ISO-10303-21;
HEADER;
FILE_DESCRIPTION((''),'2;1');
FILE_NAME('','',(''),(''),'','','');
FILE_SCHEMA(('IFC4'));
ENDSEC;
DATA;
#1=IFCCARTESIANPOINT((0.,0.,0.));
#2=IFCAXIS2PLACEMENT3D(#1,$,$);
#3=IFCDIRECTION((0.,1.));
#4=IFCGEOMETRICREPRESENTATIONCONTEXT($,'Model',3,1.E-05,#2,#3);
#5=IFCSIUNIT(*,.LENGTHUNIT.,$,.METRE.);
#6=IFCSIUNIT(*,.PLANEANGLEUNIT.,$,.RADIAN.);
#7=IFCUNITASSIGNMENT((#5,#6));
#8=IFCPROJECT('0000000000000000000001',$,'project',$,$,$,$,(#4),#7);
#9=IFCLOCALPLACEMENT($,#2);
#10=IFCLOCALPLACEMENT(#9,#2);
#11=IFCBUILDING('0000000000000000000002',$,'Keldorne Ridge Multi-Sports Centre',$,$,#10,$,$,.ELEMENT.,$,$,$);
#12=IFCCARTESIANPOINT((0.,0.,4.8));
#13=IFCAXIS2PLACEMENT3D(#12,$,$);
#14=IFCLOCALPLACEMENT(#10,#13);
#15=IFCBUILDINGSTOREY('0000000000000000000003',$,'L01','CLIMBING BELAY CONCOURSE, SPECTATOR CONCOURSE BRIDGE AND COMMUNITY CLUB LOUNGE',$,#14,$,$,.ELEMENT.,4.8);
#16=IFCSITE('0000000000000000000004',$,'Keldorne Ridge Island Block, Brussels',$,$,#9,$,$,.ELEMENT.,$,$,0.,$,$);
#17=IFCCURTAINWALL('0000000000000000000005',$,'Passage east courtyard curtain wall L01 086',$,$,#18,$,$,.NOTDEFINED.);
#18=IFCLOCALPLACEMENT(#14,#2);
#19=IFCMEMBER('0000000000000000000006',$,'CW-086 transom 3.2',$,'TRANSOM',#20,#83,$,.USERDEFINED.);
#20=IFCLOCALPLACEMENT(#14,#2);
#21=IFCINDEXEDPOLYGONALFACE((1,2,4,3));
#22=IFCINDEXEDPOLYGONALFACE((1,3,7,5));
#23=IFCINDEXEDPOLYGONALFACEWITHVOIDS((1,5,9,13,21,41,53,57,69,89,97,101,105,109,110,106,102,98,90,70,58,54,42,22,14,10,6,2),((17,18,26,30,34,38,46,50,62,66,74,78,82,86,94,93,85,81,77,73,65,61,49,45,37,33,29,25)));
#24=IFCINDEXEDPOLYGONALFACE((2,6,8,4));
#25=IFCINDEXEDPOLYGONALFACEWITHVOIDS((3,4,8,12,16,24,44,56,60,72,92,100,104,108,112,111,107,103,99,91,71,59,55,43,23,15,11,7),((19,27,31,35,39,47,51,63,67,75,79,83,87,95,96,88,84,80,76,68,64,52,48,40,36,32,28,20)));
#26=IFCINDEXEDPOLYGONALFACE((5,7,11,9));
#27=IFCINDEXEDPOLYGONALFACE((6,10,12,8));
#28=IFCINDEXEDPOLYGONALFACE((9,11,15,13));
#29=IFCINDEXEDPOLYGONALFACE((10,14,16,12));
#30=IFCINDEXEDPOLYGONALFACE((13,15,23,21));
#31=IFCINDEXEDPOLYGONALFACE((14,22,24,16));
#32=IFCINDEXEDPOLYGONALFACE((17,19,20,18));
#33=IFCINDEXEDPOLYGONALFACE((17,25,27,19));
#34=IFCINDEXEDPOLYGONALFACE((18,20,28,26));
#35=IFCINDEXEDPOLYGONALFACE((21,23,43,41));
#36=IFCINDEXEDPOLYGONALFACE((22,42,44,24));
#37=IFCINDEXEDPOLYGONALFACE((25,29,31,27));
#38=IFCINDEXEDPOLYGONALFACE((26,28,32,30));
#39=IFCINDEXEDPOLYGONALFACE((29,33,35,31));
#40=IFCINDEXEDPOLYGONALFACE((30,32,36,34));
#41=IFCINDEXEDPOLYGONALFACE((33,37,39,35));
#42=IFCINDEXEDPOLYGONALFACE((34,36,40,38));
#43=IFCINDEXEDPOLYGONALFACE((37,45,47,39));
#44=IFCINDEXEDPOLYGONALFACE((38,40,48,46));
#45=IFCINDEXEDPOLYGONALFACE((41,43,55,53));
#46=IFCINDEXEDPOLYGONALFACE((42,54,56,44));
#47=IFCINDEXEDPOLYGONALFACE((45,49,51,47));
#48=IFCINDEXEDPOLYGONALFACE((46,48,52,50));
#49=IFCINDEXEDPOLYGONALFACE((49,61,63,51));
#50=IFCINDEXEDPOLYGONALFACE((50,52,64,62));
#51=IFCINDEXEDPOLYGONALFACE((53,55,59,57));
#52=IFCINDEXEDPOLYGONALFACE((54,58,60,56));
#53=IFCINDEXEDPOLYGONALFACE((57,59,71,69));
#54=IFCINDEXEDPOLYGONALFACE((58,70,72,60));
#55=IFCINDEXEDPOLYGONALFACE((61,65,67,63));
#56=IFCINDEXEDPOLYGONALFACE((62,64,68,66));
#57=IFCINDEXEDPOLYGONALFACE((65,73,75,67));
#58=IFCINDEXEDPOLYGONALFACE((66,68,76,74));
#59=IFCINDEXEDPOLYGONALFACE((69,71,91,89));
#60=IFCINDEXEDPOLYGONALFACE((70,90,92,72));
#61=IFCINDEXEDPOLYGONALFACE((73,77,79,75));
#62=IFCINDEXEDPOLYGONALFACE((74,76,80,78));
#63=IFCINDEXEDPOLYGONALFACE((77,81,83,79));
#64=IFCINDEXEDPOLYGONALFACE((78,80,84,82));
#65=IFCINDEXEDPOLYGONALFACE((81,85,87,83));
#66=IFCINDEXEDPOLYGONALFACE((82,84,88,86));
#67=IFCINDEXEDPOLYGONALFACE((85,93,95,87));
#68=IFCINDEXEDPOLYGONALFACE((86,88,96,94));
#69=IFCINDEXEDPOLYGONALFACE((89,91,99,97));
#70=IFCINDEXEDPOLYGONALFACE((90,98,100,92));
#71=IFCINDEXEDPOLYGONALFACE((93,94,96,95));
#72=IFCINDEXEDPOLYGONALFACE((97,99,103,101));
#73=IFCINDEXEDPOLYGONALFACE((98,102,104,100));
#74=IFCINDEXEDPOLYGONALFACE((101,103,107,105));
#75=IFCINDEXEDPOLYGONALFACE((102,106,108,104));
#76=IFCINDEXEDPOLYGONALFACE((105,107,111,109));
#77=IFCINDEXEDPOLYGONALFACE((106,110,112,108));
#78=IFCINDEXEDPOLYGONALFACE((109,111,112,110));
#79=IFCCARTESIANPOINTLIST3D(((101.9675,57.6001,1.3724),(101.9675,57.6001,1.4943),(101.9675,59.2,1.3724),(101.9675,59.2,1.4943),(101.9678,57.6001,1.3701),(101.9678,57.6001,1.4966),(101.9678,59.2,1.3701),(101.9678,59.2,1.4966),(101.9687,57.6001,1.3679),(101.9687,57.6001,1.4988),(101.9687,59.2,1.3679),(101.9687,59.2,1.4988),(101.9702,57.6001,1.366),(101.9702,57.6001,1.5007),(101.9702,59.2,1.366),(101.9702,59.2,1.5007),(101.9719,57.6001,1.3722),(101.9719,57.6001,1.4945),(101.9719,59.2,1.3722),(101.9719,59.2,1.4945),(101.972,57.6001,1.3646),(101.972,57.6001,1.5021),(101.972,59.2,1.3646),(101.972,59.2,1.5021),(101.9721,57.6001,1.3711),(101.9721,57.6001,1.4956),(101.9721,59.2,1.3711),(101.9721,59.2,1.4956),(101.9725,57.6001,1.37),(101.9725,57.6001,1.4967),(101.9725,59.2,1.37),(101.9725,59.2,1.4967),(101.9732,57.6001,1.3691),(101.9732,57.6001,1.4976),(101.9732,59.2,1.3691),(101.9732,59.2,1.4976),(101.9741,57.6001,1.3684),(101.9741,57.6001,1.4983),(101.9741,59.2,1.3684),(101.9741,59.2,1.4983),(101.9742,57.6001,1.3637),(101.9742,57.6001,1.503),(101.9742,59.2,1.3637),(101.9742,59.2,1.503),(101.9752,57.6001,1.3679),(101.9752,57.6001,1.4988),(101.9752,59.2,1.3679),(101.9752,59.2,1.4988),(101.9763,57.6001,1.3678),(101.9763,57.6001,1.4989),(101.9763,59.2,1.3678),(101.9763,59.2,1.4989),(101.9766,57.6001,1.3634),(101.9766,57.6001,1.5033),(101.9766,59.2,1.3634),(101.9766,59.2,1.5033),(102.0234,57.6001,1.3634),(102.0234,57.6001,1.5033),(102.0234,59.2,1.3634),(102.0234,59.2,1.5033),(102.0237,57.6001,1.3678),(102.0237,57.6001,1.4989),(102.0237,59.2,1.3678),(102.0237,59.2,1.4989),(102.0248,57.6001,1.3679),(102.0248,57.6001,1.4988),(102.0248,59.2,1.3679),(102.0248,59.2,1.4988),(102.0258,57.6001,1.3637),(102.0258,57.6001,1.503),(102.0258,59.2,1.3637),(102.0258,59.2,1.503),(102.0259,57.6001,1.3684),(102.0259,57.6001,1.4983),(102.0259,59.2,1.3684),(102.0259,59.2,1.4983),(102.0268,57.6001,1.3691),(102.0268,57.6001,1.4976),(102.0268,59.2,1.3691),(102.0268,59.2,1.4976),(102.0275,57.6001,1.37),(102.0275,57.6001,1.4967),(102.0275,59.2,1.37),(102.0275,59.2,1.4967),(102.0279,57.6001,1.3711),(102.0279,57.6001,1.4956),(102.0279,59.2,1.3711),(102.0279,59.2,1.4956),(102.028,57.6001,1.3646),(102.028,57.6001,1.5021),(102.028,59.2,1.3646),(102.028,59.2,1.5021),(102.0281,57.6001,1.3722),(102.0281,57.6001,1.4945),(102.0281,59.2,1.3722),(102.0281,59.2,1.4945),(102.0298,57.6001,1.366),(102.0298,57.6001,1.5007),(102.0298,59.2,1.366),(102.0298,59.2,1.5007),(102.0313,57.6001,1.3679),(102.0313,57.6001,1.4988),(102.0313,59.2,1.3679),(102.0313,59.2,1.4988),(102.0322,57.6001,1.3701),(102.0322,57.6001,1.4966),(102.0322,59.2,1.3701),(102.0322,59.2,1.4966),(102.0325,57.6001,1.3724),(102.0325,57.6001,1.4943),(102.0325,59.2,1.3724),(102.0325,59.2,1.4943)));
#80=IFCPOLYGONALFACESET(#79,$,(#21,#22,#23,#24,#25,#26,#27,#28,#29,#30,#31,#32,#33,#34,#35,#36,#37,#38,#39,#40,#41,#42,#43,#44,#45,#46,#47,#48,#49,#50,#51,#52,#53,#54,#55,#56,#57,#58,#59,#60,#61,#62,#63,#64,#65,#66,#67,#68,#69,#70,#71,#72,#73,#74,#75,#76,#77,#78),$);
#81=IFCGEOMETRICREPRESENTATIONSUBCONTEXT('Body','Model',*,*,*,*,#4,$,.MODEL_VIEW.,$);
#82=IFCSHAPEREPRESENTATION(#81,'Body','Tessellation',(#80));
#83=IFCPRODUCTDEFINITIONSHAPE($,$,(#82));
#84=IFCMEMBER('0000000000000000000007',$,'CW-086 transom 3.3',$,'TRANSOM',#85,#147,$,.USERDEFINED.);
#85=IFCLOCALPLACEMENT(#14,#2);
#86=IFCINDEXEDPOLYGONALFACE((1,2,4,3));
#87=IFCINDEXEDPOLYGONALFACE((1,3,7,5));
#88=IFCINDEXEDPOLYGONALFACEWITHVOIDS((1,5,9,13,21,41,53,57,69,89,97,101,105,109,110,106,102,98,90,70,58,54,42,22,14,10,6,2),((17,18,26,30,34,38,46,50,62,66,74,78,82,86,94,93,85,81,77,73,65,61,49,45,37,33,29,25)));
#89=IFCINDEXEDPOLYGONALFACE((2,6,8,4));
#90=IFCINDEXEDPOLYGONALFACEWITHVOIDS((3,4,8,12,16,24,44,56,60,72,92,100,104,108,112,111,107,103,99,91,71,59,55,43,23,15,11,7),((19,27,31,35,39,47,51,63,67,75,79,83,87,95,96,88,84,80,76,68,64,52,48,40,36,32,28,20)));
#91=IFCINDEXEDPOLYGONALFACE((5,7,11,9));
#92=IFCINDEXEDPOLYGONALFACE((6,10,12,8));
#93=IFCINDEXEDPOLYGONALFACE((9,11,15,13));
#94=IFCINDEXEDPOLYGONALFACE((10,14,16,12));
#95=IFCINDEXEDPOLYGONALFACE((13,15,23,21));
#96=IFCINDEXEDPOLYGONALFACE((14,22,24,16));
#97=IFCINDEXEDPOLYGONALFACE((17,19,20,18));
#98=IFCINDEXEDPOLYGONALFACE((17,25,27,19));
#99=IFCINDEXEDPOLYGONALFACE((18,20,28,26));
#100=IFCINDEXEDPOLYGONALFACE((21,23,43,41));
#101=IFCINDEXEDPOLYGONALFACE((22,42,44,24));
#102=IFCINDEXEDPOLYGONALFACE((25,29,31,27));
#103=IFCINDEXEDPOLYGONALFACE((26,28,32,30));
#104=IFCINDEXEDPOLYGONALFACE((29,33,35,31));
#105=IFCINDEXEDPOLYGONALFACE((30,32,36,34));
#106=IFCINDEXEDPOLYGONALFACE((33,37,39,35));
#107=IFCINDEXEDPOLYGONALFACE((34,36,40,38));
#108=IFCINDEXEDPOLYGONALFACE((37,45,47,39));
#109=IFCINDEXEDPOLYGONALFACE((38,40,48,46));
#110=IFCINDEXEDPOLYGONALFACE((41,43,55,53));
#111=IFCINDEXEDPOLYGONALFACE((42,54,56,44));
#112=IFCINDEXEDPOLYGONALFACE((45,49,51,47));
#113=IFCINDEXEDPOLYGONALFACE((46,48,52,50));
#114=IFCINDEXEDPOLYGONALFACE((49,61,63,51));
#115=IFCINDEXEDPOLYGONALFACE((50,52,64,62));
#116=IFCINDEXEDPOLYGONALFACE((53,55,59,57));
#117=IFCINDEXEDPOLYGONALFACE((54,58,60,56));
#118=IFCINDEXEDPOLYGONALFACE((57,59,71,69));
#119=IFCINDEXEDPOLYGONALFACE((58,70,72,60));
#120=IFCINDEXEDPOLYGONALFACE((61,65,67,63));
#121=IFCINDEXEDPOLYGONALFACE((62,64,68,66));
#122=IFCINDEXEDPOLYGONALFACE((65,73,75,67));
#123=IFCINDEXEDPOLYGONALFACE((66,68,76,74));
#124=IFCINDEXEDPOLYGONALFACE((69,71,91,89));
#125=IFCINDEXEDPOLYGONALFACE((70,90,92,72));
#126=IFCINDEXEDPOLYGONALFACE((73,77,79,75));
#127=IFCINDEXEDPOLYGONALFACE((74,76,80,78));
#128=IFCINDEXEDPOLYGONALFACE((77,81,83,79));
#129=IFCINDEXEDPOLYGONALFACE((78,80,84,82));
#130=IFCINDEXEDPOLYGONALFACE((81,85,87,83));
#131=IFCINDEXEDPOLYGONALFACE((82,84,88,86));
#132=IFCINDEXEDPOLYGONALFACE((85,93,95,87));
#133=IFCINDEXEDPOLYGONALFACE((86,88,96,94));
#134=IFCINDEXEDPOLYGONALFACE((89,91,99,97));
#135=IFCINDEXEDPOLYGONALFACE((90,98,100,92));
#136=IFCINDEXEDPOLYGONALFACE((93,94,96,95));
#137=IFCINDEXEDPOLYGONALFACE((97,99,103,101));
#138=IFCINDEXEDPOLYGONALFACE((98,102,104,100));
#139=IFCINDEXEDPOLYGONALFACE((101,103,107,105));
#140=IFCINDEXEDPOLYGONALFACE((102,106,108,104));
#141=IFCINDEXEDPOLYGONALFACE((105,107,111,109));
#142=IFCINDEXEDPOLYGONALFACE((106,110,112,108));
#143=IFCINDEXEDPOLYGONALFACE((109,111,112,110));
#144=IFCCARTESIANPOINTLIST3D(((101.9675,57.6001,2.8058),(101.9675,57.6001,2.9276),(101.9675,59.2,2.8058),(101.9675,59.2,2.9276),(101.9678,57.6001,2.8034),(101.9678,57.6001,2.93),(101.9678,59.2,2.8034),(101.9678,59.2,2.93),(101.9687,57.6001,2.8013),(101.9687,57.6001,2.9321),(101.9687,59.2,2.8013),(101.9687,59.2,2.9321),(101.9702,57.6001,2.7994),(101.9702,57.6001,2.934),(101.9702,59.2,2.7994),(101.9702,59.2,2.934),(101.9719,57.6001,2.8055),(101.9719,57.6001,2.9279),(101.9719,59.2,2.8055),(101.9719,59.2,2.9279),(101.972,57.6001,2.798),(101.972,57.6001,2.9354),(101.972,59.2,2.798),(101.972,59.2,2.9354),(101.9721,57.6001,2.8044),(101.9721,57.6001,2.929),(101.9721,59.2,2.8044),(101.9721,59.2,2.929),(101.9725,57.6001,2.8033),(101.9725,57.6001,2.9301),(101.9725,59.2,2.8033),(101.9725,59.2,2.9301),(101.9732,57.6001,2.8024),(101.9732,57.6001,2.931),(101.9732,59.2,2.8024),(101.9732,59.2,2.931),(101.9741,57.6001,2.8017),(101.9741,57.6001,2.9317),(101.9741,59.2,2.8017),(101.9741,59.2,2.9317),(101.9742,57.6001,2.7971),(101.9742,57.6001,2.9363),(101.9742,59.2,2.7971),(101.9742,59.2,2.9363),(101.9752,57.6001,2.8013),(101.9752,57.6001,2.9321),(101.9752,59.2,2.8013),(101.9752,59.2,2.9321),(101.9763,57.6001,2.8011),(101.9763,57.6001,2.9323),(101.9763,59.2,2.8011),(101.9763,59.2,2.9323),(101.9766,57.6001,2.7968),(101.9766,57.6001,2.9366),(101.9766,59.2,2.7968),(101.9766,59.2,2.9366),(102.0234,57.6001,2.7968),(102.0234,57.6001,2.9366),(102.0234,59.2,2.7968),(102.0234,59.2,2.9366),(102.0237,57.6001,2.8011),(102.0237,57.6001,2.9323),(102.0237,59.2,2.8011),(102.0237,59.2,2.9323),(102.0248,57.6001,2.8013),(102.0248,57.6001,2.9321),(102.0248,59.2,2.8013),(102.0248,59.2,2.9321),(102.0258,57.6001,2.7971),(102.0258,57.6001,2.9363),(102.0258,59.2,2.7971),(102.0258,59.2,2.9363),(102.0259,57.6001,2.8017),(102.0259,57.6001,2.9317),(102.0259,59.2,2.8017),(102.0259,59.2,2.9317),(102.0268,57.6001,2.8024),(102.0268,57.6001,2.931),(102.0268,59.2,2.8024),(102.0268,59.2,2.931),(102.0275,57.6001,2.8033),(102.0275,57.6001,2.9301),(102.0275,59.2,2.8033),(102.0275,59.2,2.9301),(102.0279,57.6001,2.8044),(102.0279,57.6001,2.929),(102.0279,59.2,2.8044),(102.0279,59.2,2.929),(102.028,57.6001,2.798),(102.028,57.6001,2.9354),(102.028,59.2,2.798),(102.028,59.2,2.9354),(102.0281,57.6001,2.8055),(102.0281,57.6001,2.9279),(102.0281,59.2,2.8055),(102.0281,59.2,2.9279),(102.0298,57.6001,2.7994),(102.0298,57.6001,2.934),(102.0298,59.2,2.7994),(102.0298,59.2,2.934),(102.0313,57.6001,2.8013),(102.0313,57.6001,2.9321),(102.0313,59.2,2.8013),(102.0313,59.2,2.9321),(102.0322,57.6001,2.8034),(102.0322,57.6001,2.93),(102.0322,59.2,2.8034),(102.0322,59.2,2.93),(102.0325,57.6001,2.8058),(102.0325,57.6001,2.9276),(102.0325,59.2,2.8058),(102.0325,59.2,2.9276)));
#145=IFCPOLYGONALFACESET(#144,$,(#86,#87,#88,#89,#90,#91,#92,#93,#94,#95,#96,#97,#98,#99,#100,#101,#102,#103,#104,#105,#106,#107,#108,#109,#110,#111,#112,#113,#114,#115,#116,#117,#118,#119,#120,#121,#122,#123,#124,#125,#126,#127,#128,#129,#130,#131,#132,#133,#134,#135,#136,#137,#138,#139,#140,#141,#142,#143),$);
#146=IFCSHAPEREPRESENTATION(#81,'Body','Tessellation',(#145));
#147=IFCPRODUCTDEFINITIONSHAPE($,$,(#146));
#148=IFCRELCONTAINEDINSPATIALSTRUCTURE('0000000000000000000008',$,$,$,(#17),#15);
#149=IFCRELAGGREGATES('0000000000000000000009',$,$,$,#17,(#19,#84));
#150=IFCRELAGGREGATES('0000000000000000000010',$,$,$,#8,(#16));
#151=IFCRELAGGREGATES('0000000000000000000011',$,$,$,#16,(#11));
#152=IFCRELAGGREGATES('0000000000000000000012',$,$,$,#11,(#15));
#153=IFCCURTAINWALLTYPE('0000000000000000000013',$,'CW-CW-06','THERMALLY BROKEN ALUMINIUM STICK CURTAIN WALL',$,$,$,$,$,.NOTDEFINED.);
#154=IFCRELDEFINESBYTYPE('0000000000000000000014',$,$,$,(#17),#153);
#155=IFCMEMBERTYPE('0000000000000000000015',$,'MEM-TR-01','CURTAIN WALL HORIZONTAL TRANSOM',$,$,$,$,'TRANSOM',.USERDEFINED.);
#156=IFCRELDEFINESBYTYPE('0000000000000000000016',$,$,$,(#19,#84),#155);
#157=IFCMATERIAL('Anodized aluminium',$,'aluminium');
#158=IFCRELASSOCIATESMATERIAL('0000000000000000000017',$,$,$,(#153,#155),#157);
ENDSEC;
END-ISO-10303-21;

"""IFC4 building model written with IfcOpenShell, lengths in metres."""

from ifc_helpers import new_model, si_unit, direction, frame, origin, origin_2d, place, context, subcontext, project, spatial, hollow_rectangle, extrude, material, material_profile, profile_set, type_object, element, aggregate, save


model = new_model("IFC4")

# Units and contexts
model_context = context("Model", 3, precision=1e-05, world=origin(), true_north=direction((0.0, 1.0)))
body_context = subcontext(model_context, "Body", "Model", "MODEL_VIEW")
ifc_project = project(units=[si_unit("LENGTHUNIT", "METRE"), si_unit("PLANEANGLEUNIT", "RADIAN")], contexts=[model_context])

# Site, building, storey
site_placement = place(None, origin())
site = spatial("IfcSite", under=ifc_project, at=site_placement, Name="Keldorne Ridge Island Block, Brussels", CompositionType="ELEMENT", RefElevation=0.0)
building_placement = place(site_placement, origin())
building = spatial("IfcBuilding", under=site, at=building_placement, Name="Keldorne Ridge Multi-Sports Centre", CompositionType="ELEMENT")
storey_placement = place(building_placement, frame((0.0, 0.0, 4.8)))
storey = spatial("IfcBuildingStorey", under=building, at=storey_placement, Name="L01", Description="CLIMBING BELAY CONCOURSE, SPECTATOR CONCOURSE BRIDGE AND COMMUNITY CLUB LOUNGE", CompositionType="ELEMENT", Elevation=4.8)

# Curtain wall, members
ifc_material_1 = material(Name="Anodized aluminium", Category="aluminium")
curtain_wall_type = type_object("IfcCurtainWallType", Name="CW-CW-06", Description="THERMALLY BROKEN ALUMINIUM STICK CURTAIN WALL", PredefinedType="NOTDEFINED", material=ifc_material_1)
curtain_wall_placement = place(storey_placement, origin())
curtain_wall = element("IfcCurtainWall", 1, at=curtain_wall_placement, inside=storey, type_object=curtain_wall_type, Name="Passage east courtyard curtain wall L01 086", PredefinedType="NOTDEFINED")
ifc_material_profile_1 = material_profile(ifc_material_1, hollow_rectangle(XDim=0.0649, YDim=0.1399, WallThickness=0.0044, InnerFilletRadius=0.0044, OuterFilletRadius=0.009, at=origin_2d()), Name="ALU TRANSOM 140x65x4.5")
ifc_profile_set_1 = profile_set([ifc_material_profile_1], Name="Anodized aluminium")
member_type_1 = type_object("IfcMemberType", Name="MEM-TR-01", Description="CURTAIN WALL HORIZONTAL TRANSOM", ElementType="TRANSOM", PredefinedType="USERDEFINED", material=ifc_profile_set_1)
member_1_placement = place(storey_placement, frame((102.0, 57.6001, 1.4333), z_axis=(0.0, 1.0, 0.0), x_axis=(-1.0, 0.0, 0.0)))
member_1 = element("IfcMember", 2, at=member_1_placement, type_object=member_type_1, Name="CW-086 transom 3.2", ObjectType="TRANSOM", PredefinedType="USERDEFINED", context=body_context, shape_type="SweptSolid", body=[
    extrude(hollow_rectangle(XDim=0.0649, YDim=0.1399, WallThickness=0.0044, InnerFilletRadius=0.0044, OuterFilletRadius=0.009, at=origin_2d()), origin(), (0.0, 0.0, 1.0), 1.5999),
])
member_2_placement = place(storey_placement, frame((102.0, 57.6001, 2.8667), z_axis=(0.0, 1.0, 0.0), x_axis=(-1.0, 0.0, 0.0)))
member_2 = element("IfcMember", 3, at=member_2_placement, type_object=member_type_1, Name="CW-086 transom 3.3", ObjectType="TRANSOM", PredefinedType="USERDEFINED", context=body_context, shape_type="SweptSolid", body=[
    extrude(hollow_rectangle(XDim=0.0649, YDim=0.1399, WallThickness=0.0044, InnerFilletRadius=0.0044, OuterFilletRadius=0.009, at=origin_2d()), origin(), (0.0, 0.0, 1.0), 1.5999),
])

aggregate(curtain_wall, [member_1, member_2])

save(model, "model.ifc")
